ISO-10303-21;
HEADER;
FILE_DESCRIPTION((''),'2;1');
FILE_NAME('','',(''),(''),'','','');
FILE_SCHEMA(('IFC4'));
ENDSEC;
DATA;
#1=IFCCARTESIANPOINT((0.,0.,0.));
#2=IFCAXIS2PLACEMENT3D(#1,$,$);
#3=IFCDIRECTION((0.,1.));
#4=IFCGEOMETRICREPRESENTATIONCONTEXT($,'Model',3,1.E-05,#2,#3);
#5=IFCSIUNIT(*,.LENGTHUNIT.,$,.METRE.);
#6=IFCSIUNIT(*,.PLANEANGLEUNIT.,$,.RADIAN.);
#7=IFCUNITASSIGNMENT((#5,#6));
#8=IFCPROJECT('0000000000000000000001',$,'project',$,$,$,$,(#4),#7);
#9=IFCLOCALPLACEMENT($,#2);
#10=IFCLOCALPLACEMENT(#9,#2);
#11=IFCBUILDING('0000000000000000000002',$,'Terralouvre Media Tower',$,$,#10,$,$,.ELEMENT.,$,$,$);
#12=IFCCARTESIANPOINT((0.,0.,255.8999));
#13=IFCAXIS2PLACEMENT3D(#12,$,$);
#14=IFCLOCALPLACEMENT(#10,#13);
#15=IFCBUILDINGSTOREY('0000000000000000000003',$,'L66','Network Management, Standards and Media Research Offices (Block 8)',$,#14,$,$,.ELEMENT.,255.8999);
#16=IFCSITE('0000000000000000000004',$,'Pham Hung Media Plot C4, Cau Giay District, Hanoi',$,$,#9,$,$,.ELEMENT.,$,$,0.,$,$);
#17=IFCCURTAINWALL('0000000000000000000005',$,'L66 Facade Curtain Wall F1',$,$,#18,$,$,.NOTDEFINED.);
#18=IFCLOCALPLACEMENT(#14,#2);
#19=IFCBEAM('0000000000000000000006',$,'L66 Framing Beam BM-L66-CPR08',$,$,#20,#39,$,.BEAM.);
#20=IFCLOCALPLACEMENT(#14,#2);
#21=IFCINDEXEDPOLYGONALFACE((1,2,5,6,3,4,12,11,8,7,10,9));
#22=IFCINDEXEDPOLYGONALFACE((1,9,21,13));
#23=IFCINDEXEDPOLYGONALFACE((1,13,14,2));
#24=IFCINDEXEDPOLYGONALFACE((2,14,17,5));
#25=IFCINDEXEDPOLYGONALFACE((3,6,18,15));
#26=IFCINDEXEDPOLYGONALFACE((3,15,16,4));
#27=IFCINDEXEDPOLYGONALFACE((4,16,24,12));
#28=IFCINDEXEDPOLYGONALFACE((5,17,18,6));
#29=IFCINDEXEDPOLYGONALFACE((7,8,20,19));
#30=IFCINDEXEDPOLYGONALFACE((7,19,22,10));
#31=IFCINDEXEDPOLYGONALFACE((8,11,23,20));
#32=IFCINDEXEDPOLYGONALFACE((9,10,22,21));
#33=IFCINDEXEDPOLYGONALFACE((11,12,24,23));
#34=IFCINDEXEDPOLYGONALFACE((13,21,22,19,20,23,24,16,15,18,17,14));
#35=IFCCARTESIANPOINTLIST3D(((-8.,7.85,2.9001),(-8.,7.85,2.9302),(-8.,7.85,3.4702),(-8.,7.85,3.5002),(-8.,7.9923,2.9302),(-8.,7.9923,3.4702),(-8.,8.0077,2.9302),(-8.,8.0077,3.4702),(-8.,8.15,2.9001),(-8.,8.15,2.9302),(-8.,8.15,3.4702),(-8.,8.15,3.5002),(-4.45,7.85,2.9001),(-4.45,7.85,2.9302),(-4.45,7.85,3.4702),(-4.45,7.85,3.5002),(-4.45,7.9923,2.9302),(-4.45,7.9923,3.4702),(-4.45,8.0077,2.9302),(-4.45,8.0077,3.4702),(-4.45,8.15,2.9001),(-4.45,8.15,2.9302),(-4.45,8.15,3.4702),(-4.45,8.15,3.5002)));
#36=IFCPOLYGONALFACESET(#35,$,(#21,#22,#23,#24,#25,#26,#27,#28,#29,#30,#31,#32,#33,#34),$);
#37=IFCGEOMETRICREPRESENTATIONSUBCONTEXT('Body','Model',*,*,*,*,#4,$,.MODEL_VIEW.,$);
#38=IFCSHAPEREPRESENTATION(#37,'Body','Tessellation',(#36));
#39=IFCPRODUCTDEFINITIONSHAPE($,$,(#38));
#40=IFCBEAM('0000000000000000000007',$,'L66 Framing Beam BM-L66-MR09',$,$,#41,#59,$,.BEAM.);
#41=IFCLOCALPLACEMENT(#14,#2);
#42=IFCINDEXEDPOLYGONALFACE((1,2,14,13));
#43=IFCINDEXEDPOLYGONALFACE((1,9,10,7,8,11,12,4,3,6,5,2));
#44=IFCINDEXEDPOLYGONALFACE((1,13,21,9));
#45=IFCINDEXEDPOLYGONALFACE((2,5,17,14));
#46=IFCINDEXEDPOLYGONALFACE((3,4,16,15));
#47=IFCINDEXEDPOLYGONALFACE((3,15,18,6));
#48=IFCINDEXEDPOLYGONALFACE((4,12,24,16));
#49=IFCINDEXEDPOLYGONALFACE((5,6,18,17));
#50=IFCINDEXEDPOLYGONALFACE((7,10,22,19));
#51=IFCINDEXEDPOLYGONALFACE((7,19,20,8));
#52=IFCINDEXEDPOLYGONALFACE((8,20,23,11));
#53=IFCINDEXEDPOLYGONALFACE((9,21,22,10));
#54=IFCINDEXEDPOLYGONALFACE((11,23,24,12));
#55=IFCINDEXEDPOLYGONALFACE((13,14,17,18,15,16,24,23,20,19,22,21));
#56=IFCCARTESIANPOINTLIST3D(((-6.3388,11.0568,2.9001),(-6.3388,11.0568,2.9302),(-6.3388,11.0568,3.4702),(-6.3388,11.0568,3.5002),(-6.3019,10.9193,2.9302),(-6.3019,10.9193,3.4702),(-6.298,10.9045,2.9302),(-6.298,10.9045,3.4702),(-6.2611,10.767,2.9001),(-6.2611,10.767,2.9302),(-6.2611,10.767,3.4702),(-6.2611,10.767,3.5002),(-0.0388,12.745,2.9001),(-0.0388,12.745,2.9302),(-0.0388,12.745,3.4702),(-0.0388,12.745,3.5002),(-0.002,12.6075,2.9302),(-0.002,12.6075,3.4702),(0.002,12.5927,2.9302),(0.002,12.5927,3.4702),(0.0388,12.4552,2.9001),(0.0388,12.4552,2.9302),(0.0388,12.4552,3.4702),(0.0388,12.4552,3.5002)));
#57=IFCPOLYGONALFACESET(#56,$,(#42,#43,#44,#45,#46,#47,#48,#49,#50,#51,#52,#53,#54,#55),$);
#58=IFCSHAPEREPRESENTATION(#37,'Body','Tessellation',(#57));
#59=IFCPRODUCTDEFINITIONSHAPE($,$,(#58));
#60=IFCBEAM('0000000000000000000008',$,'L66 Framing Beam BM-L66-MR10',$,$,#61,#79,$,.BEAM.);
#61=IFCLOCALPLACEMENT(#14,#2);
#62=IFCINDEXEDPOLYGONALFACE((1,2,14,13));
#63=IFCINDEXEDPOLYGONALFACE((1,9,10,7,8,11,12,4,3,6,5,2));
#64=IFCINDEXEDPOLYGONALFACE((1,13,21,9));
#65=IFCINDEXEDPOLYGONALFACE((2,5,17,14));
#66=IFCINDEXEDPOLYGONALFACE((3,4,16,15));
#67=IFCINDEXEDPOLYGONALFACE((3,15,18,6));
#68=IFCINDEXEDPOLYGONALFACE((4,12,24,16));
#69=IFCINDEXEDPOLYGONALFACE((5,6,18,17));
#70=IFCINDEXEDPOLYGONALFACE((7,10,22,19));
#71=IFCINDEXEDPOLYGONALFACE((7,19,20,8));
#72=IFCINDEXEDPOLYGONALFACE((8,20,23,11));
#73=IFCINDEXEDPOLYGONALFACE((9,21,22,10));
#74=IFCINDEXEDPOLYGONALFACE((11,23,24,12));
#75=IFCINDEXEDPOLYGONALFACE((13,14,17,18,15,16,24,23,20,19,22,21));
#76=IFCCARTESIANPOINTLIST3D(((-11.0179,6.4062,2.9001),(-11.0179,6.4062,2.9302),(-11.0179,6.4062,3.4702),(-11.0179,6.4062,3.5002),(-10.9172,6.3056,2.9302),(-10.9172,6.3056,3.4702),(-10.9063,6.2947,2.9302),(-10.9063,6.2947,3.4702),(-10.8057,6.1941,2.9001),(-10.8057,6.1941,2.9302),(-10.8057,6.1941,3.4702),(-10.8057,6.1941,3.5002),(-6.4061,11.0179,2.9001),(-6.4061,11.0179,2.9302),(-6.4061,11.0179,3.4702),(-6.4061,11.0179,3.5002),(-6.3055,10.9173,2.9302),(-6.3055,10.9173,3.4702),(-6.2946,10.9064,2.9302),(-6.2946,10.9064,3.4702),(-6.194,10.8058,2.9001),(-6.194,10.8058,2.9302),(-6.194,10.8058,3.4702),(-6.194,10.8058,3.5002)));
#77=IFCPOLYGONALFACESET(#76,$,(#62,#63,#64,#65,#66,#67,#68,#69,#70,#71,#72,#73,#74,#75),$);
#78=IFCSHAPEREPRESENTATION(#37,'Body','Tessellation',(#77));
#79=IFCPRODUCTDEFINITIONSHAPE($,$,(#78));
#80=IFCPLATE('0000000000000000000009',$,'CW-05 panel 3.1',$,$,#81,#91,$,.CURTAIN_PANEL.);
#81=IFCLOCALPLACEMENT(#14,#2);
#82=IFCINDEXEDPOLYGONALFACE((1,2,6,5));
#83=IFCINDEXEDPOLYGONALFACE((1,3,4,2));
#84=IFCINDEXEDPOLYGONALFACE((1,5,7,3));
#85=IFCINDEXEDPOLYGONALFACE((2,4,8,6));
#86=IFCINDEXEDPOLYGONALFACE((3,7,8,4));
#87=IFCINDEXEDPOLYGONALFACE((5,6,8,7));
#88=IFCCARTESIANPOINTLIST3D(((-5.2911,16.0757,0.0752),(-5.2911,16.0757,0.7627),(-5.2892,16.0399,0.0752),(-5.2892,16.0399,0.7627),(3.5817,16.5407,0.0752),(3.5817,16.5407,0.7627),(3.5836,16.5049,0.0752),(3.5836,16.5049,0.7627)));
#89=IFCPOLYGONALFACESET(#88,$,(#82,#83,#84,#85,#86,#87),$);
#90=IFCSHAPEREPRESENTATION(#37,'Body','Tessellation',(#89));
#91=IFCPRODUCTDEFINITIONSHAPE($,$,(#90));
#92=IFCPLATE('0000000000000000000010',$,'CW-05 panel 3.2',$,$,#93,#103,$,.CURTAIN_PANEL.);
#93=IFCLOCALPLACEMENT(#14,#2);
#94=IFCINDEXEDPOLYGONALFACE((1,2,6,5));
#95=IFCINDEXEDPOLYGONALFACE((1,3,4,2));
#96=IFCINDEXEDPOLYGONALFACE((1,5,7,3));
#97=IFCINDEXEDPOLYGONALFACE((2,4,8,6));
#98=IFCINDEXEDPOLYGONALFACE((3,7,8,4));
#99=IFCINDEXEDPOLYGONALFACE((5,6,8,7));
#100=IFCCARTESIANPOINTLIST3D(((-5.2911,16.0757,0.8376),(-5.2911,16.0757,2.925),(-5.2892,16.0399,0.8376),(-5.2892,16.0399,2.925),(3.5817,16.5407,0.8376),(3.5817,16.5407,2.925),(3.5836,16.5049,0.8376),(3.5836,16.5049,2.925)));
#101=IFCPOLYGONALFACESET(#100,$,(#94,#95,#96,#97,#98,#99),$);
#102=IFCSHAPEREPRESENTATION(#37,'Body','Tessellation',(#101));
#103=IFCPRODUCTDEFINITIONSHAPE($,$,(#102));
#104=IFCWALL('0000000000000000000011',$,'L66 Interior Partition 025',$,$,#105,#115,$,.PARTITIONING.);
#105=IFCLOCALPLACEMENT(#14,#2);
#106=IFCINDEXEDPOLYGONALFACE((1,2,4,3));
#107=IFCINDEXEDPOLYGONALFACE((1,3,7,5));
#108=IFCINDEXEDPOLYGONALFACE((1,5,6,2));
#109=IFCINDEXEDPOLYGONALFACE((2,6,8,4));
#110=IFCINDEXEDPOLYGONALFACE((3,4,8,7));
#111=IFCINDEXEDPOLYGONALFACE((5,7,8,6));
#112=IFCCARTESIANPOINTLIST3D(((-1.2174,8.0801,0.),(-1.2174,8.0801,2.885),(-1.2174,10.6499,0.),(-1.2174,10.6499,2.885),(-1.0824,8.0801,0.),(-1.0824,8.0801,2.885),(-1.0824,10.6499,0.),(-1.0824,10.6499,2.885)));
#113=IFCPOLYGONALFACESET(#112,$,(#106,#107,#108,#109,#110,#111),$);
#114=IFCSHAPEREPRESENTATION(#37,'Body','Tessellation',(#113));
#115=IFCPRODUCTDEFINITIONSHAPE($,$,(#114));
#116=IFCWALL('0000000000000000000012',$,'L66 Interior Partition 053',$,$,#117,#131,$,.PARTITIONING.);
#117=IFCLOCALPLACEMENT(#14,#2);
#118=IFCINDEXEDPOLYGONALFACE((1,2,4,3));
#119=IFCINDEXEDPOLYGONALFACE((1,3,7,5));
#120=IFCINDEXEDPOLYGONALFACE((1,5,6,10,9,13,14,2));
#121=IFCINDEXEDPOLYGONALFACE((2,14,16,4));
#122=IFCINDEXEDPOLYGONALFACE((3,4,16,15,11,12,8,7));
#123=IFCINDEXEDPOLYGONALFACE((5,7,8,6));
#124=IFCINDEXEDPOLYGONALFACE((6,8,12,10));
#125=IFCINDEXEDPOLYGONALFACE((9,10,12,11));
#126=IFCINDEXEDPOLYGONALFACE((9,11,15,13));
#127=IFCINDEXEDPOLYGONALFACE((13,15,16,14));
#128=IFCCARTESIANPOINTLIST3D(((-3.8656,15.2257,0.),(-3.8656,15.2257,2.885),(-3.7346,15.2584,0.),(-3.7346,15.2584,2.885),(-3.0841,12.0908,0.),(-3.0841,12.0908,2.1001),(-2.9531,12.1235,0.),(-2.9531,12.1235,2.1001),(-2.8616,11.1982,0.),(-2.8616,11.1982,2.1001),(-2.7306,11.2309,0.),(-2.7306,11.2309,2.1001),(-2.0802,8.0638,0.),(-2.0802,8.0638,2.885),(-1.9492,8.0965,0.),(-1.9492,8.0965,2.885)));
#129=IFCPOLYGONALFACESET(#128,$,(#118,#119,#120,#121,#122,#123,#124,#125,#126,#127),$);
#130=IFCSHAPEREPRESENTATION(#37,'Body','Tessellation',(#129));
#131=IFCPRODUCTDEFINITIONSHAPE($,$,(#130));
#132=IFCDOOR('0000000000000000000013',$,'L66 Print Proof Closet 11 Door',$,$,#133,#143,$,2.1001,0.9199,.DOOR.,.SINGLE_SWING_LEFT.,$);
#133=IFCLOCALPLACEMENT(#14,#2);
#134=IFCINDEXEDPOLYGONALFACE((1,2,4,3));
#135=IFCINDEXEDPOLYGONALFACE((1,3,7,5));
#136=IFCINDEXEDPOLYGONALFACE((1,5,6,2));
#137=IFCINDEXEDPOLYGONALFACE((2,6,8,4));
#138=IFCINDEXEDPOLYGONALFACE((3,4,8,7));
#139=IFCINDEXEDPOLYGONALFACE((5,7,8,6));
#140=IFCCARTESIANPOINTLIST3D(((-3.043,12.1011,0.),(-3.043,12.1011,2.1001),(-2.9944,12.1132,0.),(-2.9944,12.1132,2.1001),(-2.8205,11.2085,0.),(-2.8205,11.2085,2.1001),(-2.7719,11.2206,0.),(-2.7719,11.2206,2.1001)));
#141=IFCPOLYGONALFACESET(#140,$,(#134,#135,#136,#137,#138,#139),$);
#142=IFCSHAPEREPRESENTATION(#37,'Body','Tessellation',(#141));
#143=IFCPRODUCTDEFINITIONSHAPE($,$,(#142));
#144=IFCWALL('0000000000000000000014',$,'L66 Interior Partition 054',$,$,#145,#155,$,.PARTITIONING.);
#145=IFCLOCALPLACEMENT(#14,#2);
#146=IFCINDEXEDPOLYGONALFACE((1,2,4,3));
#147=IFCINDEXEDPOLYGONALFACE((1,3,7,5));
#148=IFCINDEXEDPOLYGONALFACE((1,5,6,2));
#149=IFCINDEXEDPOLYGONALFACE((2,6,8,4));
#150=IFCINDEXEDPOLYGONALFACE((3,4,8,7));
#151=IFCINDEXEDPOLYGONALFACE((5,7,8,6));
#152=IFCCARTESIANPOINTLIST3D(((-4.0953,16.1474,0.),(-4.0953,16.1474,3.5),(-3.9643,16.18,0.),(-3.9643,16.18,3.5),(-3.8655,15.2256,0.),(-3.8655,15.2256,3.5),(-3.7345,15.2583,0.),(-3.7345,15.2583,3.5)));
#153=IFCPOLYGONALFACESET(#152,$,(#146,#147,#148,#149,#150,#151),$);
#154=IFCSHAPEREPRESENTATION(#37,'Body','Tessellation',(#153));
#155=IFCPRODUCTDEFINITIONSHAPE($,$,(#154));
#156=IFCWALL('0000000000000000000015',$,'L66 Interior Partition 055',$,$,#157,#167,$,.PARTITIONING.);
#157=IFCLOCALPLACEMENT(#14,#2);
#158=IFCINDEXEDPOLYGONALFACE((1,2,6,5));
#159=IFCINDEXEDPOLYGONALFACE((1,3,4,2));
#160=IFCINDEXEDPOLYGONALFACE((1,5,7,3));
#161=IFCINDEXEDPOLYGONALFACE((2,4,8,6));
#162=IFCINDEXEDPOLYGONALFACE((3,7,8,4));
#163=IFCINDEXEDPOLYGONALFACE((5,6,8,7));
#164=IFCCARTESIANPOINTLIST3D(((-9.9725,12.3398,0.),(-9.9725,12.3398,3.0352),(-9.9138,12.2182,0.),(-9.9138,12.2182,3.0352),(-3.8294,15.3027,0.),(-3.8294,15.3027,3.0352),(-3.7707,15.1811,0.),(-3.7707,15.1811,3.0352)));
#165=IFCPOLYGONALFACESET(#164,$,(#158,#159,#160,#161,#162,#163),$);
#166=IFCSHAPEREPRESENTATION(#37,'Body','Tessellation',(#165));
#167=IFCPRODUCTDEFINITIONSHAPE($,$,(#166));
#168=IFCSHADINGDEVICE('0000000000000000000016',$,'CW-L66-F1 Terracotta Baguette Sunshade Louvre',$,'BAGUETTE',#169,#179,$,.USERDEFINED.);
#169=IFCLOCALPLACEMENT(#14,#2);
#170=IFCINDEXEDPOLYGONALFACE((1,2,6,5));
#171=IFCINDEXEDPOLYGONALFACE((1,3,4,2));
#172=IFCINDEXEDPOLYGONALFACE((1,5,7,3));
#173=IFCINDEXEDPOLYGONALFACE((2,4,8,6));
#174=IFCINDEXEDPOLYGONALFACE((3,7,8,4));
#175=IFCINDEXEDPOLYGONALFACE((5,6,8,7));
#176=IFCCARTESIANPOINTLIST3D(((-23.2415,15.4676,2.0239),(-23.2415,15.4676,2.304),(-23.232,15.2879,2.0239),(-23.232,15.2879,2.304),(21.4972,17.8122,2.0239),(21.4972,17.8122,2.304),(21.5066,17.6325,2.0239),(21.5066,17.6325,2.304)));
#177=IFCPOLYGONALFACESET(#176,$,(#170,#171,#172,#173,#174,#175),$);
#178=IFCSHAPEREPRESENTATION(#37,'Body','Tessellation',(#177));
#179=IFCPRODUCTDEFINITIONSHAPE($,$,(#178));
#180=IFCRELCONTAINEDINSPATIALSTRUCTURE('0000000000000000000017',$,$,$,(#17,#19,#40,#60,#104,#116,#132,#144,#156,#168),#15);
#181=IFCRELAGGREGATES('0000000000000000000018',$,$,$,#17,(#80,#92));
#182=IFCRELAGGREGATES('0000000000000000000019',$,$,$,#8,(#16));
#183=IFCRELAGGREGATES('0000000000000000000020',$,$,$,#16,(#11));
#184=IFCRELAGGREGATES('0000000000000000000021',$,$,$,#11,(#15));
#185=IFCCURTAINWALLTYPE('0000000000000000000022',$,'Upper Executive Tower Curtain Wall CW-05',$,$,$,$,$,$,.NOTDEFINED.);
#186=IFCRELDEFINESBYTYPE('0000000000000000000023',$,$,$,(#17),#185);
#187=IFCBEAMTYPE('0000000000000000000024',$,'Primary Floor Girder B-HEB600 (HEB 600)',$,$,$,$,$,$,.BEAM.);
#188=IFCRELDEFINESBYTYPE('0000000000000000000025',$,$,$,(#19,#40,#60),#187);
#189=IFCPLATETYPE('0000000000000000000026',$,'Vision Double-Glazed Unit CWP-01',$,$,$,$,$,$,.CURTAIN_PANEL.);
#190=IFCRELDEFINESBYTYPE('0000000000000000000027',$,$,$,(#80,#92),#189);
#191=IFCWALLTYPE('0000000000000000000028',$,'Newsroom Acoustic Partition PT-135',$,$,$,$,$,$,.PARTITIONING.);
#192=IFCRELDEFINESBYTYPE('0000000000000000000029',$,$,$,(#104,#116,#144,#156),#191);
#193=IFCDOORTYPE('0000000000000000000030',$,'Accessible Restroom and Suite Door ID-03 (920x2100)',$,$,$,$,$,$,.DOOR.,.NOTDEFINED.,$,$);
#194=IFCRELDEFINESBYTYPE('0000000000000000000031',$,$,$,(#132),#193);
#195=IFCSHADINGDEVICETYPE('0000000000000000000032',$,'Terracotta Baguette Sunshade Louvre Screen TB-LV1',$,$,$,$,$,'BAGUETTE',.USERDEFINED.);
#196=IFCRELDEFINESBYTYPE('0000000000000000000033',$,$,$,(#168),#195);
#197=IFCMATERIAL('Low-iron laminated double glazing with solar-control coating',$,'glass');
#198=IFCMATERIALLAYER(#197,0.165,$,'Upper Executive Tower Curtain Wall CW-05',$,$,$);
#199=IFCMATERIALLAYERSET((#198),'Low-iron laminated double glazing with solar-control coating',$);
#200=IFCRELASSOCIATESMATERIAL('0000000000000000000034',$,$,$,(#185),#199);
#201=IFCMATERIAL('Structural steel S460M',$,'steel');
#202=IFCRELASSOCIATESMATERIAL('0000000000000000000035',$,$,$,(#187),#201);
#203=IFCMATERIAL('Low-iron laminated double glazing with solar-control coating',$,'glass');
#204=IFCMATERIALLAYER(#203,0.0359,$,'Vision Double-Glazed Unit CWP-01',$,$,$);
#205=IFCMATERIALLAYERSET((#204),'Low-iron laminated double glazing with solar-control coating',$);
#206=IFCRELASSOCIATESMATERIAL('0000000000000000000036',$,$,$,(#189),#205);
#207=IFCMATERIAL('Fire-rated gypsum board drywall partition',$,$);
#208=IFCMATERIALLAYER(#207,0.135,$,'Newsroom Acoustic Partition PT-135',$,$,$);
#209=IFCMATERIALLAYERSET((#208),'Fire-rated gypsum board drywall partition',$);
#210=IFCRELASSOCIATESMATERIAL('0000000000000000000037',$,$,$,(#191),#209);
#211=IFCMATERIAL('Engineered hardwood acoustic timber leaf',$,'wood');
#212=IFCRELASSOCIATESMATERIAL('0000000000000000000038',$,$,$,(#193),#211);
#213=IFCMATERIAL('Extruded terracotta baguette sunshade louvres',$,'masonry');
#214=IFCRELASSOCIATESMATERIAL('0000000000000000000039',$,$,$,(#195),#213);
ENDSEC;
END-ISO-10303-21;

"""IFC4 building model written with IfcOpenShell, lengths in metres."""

from ifc_helpers import new_model, si_unit, direction, frame, frame_2d, origin, origin_2d, place, context, subcontext, project, spatial, rectangle, i_section, extrude, material, layer, layer_set, material_profile, profile_set, type_object, element, fill, aggregate, save


model = new_model("IFC4")

# Units and contexts
model_context = context("Model", 3, precision=1e-05, world=origin(), true_north=direction((0.0, 1.0)))
body_context = subcontext(model_context, "Body", "Model", "MODEL_VIEW")
ifc_project = project(units=[si_unit("LENGTHUNIT", "METRE"), si_unit("PLANEANGLEUNIT", "RADIAN")], contexts=[model_context])

# Site, building, storey
site_placement = place(None, origin())
site = spatial("IfcSite", under=ifc_project, at=site_placement, Name="Pham Hung Media Plot C4, Cau Giay District, Hanoi", CompositionType="ELEMENT", RefElevation=0.0)
building_placement = place(site_placement, origin())
building = spatial("IfcBuilding", under=site, at=building_placement, Name="Terralouvre Media Tower", CompositionType="ELEMENT")
storey_placement = place(building_placement, frame((0.0, 0.0, 255.8999)))
storey = spatial("IfcBuildingStorey", under=building, at=storey_placement, Name="L66", Description="Network Management, Standards and Media Research Offices (Block 8)", CompositionType="ELEMENT", Elevation=255.8999)

# Curtain wall
ifc_material_1 = material(Name="Low-iron laminated double glazing with solar-control coating", Category="glass")
ifc_layer_1 = layer(ifc_material_1, 0.165, Name="Upper Executive Tower Curtain Wall CW-05")
ifc_layer_set_1 = layer_set([ifc_layer_1], Name="Low-iron laminated double glazing with solar-control coating")
curtain_wall_type = type_object("IfcCurtainWallType", Name="Upper Executive Tower Curtain Wall CW-05", PredefinedType="NOTDEFINED", material=ifc_layer_set_1)
curtain_wall_placement = place(storey_placement, origin())
curtain_wall = element("IfcCurtainWall", 1, at=curtain_wall_placement, inside=storey, type_object=curtain_wall_type, Name="L66 Facade Curtain Wall F1", PredefinedType="NOTDEFINED")

# Beams
ifc_material_2 = material(Name="Structural steel S460M", Category="steel")
ifc_material_profile_1 = material_profile(ifc_material_2, i_section(OverallWidth=0.3, OverallDepth=0.6001, WebThickness=0.0154, FlangeThickness=0.03, at=origin_2d()), Name="HEB 600")
ifc_profile_set_1 = profile_set([ifc_material_profile_1], Name="Structural steel S460M")
beam_type_1 = type_object("IfcBeamType", Name="Primary Floor Girder B-HEB600 (HEB 600)", PredefinedType="BEAM", material=ifc_profile_set_1)
beam_1_placement = place(storey_placement, frame((-4.45, 8.0, 3.2002), z_axis=(-1.0, 0.0, 0.0), x_axis=(0.0, -1.0, 0.0)))
element("IfcBeam", 2, at=beam_1_placement, inside=storey, type_object=beam_type_1, Name="L66 Framing Beam BM-L66-CPR08", PredefinedType="BEAM", context=body_context, shape_type="SweptSolid", body=[
    extrude(i_section(OverallWidth=0.3, OverallDepth=0.6001, WebThickness=0.0154, FlangeThickness=0.03, at=origin_2d()), origin(), (0.0, 0.0, 1.0), 3.55),
])
beam_2_placement = place(storey_placement, frame((0.0, 12.6001, 3.2002), z_axis=(-0.96592, -0.258839, 0.0), x_axis=(0.258839, -0.96592, 0.0)))
element("IfcBeam", 3, at=beam_2_placement, inside=storey, type_object=beam_type_1, Name="L66 Framing Beam BM-L66-MR09", PredefinedType="BEAM", context=body_context, shape_type="SweptSolid", body=[
    extrude(i_section(OverallWidth=0.3, OverallDepth=0.6001, WebThickness=0.0154, FlangeThickness=0.03, at=origin_2d()), origin(), (0.0, 0.0, 1.0), 6.5222),
])
beam_3_placement = place(storey_placement, frame((-6.3, 10.9119, 3.2002), z_axis=(-0.707107, -0.707107, 0.0), x_axis=(0.707107, -0.707107, 0.0)))
element("IfcBeam", 4, at=beam_3_placement, inside=storey, type_object=beam_type_1, Name="L66 Framing Beam BM-L66-MR10", PredefinedType="BEAM", context=body_context, shape_type="SweptSolid", body=[
    extrude(i_section(OverallWidth=0.3, OverallDepth=0.6001, WebThickness=0.0154, FlangeThickness=0.03, at=origin_2d()), origin(), (0.0, 0.0, 1.0), 6.522),
])

# Plates
ifc_material_3 = material(Name="Low-iron laminated double glazing with solar-control coating", Category="glass")
ifc_layer_2 = layer(ifc_material_3, 0.0359, Name="Vision Double-Glazed Unit CWP-01")
ifc_layer_set_2 = layer_set([ifc_layer_2], Name="Low-iron laminated double glazing with solar-control coating")
plate_type = type_object("IfcPlateType", Name="Vision Double-Glazed Unit CWP-01", PredefinedType="CURTAIN_PANEL", material=ifc_layer_set_2)
plate_1_placement = place(storey_placement, frame((-0.8538, 16.2903, 0.0752), z_axis=(0.0, 0.0, 1.0), x_axis=(-0.99863, -0.052336, 0.0)))
plate_1 = element("IfcPlate", 5, at=plate_1_placement, type_object=plate_type, Name="CW-05 panel 3.1", PredefinedType="CURTAIN_PANEL", context=body_context, shape_type="SweptSolid", body=[
    extrude(rectangle(XDim=8.885, YDim=0.0359, at=origin_2d()), origin(), (0.0, 0.0, 1.0), 0.6875),
])
plate_2_placement = place(storey_placement, frame((-0.8538, 16.2903, 0.8376), z_axis=(0.0, 0.0, 1.0), x_axis=(-0.99863, -0.052336, 0.0)))
plate_2 = element("IfcPlate", 6, at=plate_2_placement, type_object=plate_type, Name="CW-05 panel 3.2", PredefinedType="CURTAIN_PANEL", context=body_context, shape_type="SweptSolid", body=[
    extrude(rectangle(XDim=8.885, YDim=0.0359, at=origin_2d()), origin(), (0.0, 0.0, 1.0), 2.0874),
])
aggregate(curtain_wall, [plate_1, plate_2])

# Wall
ifc_material_4 = material(Name="Fire-rated gypsum board drywall partition")
ifc_layer_3 = layer(ifc_material_4, 0.135, Name="Newsroom Acoustic Partition PT-135")
ifc_layer_set_3 = layer_set([ifc_layer_3], Name="Fire-rated gypsum board drywall partition")
wall_type = type_object("IfcWallType", Name="Newsroom Acoustic Partition PT-135", PredefinedType="PARTITIONING", material=ifc_layer_set_3)
wall_1_placement = place(storey_placement, frame((-1.1499, 10.6499, 0.0), z_axis=(0.0, 0.0, 1.0), x_axis=(0.0, -1.0, 0.0)))
element("IfcWall", 7, at=wall_1_placement, inside=storey, type_object=wall_type, Name="L66 Interior Partition 025", PredefinedType="PARTITIONING", context=body_context, shape_type="SweptSolid", body=[
    extrude(rectangle(XDim=2.5698, YDim=0.135, at=frame_2d((1.2849, 0.0))), origin(), (0.0, 0.0, 1.0), 2.885),
])

# Wall, opening, door
wall_2_placement = place(storey_placement, frame((-3.8, 15.2419, 0.0), z_axis=(0.0, 0.0, 1.0), x_axis=(0.24189, -0.970304, 0.0)))
wall_2 = element("IfcWall", 8, at=wall_2_placement, inside=storey, type_object=wall_type, Name="L66 Interior Partition 053", PredefinedType="PARTITIONING", context=body_context, shape_type="SweptSolid", body=[
    extrude(rectangle(XDim=7.3811, YDim=0.135, at=frame_2d((3.6904, 0.0))), origin(), (0.0, 0.0, 1.0), 2.885),
])
opening_placement = place(wall_2_placement, frame((3.2307, 0.0, 0.0)))
opening = element("IfcOpeningElement", 9, at=opening_placement, cuts=wall_2, PredefinedType="OPENING", context=body_context, shape_type="SweptSolid", body=[
    extrude(rectangle(XDim=0.9199, YDim=2.1001, at=frame_2d((0.46, 1.05))), frame((0.0, 0.0774, 0.0), z_axis=(0.0, -1.0, 0.0), x_axis=(1.0, 0.0, 0.0)), (0.0, 0.0, 1.0), 0.155),
])
ifc_material_5 = material(Name="Engineered hardwood acoustic timber leaf", Category="wood")
door_type = type_object("IfcDoorType", Name="Accessible Restroom and Suite Door ID-03 (920x2100)", OperationType="NOTDEFINED", PredefinedType="DOOR", material=ifc_material_5)
door_placement = place(opening_placement, origin())
door = element("IfcDoor", 10, at=door_placement, inside=storey, type_object=door_type, Name="L66 Print Proof Closet 11 Door", OperationType="SINGLE_SWING_LEFT", OverallHeight=2.1001, OverallWidth=0.9199, PredefinedType="DOOR", context=body_context, shape_type="SweptSolid", body=[
    extrude(rectangle(XDim=0.9199, YDim=2.1001, at=frame_2d((0.46, 1.05))), frame((0.0, 0.0249, 0.0), z_axis=(0.0, -1.0, 0.0), x_axis=(1.0, 0.0, 0.0)), (0.0, 0.0, 1.0), 0.05),
])
fill(opening, door)

# Walls
wall_3_placement = place(storey_placement, frame((-4.0298, 16.1638, 0.0), z_axis=(0.0, 0.0, 1.0), x_axis=(0.24181, -0.970324, 0.0)))
element("IfcWall", 11, at=wall_3_placement, inside=storey, type_object=wall_type, Name="L66 Interior Partition 054", PredefinedType="PARTITIONING", context=body_context, shape_type="SweptSolid", body=[
    extrude(rectangle(XDim=0.95, YDim=0.135, at=frame_2d((0.4751, 0.0))), origin(), (0.0, 0.0, 1.0), 3.5),
])
wall_4_placement = place(storey_placement, frame((-3.8, 15.2419, 0.0), z_axis=(0.0, 0.0, 1.0), x_axis=(-0.900708, -0.434425, 0.0)))
element("IfcWall", 12, at=wall_4_placement, inside=storey, type_object=wall_type, Name="L66 Interior Partition 055", PredefinedType="PARTITIONING", context=body_context, shape_type="SweptSolid", body=[
    extrude(rectangle(XDim=6.8203, YDim=0.135, at=frame_2d((3.4102, 0.0))), origin(), (0.0, 0.0, 1.0), 3.0352),
])

# Shading device
ifc_material_6 = material(Name="Extruded terracotta baguette sunshade louvres", Category="masonry")
shading_device_type = type_object("IfcShadingDeviceType", Name="Terracotta Baguette Sunshade Louvre Screen TB-LV1", ElementType="BAGUETTE", PredefinedType="USERDEFINED", material=ifc_material_6)
shading_device_placement = place(storey_placement, frame((-0.8674, 16.55, 2.0239), z_axis=(0.0, 0.0, 1.0), x_axis=(-0.99863, -0.052336, 0.0)))
element("IfcShadingDevice", 13, at=shading_device_placement, inside=storey, type_object=shading_device_type, Name="CW-L66-F1 Terracotta Baguette Sunshade Louvre", ObjectType="BAGUETTE", PredefinedType="USERDEFINED", context=body_context, shape_type="SweptSolid", body=[
    extrude(rectangle(XDim=44.8, YDim=0.1799, at=origin_2d()), origin(), (0.0, 0.0, 1.0), 0.28),
])

save(model, "model.ifc")
